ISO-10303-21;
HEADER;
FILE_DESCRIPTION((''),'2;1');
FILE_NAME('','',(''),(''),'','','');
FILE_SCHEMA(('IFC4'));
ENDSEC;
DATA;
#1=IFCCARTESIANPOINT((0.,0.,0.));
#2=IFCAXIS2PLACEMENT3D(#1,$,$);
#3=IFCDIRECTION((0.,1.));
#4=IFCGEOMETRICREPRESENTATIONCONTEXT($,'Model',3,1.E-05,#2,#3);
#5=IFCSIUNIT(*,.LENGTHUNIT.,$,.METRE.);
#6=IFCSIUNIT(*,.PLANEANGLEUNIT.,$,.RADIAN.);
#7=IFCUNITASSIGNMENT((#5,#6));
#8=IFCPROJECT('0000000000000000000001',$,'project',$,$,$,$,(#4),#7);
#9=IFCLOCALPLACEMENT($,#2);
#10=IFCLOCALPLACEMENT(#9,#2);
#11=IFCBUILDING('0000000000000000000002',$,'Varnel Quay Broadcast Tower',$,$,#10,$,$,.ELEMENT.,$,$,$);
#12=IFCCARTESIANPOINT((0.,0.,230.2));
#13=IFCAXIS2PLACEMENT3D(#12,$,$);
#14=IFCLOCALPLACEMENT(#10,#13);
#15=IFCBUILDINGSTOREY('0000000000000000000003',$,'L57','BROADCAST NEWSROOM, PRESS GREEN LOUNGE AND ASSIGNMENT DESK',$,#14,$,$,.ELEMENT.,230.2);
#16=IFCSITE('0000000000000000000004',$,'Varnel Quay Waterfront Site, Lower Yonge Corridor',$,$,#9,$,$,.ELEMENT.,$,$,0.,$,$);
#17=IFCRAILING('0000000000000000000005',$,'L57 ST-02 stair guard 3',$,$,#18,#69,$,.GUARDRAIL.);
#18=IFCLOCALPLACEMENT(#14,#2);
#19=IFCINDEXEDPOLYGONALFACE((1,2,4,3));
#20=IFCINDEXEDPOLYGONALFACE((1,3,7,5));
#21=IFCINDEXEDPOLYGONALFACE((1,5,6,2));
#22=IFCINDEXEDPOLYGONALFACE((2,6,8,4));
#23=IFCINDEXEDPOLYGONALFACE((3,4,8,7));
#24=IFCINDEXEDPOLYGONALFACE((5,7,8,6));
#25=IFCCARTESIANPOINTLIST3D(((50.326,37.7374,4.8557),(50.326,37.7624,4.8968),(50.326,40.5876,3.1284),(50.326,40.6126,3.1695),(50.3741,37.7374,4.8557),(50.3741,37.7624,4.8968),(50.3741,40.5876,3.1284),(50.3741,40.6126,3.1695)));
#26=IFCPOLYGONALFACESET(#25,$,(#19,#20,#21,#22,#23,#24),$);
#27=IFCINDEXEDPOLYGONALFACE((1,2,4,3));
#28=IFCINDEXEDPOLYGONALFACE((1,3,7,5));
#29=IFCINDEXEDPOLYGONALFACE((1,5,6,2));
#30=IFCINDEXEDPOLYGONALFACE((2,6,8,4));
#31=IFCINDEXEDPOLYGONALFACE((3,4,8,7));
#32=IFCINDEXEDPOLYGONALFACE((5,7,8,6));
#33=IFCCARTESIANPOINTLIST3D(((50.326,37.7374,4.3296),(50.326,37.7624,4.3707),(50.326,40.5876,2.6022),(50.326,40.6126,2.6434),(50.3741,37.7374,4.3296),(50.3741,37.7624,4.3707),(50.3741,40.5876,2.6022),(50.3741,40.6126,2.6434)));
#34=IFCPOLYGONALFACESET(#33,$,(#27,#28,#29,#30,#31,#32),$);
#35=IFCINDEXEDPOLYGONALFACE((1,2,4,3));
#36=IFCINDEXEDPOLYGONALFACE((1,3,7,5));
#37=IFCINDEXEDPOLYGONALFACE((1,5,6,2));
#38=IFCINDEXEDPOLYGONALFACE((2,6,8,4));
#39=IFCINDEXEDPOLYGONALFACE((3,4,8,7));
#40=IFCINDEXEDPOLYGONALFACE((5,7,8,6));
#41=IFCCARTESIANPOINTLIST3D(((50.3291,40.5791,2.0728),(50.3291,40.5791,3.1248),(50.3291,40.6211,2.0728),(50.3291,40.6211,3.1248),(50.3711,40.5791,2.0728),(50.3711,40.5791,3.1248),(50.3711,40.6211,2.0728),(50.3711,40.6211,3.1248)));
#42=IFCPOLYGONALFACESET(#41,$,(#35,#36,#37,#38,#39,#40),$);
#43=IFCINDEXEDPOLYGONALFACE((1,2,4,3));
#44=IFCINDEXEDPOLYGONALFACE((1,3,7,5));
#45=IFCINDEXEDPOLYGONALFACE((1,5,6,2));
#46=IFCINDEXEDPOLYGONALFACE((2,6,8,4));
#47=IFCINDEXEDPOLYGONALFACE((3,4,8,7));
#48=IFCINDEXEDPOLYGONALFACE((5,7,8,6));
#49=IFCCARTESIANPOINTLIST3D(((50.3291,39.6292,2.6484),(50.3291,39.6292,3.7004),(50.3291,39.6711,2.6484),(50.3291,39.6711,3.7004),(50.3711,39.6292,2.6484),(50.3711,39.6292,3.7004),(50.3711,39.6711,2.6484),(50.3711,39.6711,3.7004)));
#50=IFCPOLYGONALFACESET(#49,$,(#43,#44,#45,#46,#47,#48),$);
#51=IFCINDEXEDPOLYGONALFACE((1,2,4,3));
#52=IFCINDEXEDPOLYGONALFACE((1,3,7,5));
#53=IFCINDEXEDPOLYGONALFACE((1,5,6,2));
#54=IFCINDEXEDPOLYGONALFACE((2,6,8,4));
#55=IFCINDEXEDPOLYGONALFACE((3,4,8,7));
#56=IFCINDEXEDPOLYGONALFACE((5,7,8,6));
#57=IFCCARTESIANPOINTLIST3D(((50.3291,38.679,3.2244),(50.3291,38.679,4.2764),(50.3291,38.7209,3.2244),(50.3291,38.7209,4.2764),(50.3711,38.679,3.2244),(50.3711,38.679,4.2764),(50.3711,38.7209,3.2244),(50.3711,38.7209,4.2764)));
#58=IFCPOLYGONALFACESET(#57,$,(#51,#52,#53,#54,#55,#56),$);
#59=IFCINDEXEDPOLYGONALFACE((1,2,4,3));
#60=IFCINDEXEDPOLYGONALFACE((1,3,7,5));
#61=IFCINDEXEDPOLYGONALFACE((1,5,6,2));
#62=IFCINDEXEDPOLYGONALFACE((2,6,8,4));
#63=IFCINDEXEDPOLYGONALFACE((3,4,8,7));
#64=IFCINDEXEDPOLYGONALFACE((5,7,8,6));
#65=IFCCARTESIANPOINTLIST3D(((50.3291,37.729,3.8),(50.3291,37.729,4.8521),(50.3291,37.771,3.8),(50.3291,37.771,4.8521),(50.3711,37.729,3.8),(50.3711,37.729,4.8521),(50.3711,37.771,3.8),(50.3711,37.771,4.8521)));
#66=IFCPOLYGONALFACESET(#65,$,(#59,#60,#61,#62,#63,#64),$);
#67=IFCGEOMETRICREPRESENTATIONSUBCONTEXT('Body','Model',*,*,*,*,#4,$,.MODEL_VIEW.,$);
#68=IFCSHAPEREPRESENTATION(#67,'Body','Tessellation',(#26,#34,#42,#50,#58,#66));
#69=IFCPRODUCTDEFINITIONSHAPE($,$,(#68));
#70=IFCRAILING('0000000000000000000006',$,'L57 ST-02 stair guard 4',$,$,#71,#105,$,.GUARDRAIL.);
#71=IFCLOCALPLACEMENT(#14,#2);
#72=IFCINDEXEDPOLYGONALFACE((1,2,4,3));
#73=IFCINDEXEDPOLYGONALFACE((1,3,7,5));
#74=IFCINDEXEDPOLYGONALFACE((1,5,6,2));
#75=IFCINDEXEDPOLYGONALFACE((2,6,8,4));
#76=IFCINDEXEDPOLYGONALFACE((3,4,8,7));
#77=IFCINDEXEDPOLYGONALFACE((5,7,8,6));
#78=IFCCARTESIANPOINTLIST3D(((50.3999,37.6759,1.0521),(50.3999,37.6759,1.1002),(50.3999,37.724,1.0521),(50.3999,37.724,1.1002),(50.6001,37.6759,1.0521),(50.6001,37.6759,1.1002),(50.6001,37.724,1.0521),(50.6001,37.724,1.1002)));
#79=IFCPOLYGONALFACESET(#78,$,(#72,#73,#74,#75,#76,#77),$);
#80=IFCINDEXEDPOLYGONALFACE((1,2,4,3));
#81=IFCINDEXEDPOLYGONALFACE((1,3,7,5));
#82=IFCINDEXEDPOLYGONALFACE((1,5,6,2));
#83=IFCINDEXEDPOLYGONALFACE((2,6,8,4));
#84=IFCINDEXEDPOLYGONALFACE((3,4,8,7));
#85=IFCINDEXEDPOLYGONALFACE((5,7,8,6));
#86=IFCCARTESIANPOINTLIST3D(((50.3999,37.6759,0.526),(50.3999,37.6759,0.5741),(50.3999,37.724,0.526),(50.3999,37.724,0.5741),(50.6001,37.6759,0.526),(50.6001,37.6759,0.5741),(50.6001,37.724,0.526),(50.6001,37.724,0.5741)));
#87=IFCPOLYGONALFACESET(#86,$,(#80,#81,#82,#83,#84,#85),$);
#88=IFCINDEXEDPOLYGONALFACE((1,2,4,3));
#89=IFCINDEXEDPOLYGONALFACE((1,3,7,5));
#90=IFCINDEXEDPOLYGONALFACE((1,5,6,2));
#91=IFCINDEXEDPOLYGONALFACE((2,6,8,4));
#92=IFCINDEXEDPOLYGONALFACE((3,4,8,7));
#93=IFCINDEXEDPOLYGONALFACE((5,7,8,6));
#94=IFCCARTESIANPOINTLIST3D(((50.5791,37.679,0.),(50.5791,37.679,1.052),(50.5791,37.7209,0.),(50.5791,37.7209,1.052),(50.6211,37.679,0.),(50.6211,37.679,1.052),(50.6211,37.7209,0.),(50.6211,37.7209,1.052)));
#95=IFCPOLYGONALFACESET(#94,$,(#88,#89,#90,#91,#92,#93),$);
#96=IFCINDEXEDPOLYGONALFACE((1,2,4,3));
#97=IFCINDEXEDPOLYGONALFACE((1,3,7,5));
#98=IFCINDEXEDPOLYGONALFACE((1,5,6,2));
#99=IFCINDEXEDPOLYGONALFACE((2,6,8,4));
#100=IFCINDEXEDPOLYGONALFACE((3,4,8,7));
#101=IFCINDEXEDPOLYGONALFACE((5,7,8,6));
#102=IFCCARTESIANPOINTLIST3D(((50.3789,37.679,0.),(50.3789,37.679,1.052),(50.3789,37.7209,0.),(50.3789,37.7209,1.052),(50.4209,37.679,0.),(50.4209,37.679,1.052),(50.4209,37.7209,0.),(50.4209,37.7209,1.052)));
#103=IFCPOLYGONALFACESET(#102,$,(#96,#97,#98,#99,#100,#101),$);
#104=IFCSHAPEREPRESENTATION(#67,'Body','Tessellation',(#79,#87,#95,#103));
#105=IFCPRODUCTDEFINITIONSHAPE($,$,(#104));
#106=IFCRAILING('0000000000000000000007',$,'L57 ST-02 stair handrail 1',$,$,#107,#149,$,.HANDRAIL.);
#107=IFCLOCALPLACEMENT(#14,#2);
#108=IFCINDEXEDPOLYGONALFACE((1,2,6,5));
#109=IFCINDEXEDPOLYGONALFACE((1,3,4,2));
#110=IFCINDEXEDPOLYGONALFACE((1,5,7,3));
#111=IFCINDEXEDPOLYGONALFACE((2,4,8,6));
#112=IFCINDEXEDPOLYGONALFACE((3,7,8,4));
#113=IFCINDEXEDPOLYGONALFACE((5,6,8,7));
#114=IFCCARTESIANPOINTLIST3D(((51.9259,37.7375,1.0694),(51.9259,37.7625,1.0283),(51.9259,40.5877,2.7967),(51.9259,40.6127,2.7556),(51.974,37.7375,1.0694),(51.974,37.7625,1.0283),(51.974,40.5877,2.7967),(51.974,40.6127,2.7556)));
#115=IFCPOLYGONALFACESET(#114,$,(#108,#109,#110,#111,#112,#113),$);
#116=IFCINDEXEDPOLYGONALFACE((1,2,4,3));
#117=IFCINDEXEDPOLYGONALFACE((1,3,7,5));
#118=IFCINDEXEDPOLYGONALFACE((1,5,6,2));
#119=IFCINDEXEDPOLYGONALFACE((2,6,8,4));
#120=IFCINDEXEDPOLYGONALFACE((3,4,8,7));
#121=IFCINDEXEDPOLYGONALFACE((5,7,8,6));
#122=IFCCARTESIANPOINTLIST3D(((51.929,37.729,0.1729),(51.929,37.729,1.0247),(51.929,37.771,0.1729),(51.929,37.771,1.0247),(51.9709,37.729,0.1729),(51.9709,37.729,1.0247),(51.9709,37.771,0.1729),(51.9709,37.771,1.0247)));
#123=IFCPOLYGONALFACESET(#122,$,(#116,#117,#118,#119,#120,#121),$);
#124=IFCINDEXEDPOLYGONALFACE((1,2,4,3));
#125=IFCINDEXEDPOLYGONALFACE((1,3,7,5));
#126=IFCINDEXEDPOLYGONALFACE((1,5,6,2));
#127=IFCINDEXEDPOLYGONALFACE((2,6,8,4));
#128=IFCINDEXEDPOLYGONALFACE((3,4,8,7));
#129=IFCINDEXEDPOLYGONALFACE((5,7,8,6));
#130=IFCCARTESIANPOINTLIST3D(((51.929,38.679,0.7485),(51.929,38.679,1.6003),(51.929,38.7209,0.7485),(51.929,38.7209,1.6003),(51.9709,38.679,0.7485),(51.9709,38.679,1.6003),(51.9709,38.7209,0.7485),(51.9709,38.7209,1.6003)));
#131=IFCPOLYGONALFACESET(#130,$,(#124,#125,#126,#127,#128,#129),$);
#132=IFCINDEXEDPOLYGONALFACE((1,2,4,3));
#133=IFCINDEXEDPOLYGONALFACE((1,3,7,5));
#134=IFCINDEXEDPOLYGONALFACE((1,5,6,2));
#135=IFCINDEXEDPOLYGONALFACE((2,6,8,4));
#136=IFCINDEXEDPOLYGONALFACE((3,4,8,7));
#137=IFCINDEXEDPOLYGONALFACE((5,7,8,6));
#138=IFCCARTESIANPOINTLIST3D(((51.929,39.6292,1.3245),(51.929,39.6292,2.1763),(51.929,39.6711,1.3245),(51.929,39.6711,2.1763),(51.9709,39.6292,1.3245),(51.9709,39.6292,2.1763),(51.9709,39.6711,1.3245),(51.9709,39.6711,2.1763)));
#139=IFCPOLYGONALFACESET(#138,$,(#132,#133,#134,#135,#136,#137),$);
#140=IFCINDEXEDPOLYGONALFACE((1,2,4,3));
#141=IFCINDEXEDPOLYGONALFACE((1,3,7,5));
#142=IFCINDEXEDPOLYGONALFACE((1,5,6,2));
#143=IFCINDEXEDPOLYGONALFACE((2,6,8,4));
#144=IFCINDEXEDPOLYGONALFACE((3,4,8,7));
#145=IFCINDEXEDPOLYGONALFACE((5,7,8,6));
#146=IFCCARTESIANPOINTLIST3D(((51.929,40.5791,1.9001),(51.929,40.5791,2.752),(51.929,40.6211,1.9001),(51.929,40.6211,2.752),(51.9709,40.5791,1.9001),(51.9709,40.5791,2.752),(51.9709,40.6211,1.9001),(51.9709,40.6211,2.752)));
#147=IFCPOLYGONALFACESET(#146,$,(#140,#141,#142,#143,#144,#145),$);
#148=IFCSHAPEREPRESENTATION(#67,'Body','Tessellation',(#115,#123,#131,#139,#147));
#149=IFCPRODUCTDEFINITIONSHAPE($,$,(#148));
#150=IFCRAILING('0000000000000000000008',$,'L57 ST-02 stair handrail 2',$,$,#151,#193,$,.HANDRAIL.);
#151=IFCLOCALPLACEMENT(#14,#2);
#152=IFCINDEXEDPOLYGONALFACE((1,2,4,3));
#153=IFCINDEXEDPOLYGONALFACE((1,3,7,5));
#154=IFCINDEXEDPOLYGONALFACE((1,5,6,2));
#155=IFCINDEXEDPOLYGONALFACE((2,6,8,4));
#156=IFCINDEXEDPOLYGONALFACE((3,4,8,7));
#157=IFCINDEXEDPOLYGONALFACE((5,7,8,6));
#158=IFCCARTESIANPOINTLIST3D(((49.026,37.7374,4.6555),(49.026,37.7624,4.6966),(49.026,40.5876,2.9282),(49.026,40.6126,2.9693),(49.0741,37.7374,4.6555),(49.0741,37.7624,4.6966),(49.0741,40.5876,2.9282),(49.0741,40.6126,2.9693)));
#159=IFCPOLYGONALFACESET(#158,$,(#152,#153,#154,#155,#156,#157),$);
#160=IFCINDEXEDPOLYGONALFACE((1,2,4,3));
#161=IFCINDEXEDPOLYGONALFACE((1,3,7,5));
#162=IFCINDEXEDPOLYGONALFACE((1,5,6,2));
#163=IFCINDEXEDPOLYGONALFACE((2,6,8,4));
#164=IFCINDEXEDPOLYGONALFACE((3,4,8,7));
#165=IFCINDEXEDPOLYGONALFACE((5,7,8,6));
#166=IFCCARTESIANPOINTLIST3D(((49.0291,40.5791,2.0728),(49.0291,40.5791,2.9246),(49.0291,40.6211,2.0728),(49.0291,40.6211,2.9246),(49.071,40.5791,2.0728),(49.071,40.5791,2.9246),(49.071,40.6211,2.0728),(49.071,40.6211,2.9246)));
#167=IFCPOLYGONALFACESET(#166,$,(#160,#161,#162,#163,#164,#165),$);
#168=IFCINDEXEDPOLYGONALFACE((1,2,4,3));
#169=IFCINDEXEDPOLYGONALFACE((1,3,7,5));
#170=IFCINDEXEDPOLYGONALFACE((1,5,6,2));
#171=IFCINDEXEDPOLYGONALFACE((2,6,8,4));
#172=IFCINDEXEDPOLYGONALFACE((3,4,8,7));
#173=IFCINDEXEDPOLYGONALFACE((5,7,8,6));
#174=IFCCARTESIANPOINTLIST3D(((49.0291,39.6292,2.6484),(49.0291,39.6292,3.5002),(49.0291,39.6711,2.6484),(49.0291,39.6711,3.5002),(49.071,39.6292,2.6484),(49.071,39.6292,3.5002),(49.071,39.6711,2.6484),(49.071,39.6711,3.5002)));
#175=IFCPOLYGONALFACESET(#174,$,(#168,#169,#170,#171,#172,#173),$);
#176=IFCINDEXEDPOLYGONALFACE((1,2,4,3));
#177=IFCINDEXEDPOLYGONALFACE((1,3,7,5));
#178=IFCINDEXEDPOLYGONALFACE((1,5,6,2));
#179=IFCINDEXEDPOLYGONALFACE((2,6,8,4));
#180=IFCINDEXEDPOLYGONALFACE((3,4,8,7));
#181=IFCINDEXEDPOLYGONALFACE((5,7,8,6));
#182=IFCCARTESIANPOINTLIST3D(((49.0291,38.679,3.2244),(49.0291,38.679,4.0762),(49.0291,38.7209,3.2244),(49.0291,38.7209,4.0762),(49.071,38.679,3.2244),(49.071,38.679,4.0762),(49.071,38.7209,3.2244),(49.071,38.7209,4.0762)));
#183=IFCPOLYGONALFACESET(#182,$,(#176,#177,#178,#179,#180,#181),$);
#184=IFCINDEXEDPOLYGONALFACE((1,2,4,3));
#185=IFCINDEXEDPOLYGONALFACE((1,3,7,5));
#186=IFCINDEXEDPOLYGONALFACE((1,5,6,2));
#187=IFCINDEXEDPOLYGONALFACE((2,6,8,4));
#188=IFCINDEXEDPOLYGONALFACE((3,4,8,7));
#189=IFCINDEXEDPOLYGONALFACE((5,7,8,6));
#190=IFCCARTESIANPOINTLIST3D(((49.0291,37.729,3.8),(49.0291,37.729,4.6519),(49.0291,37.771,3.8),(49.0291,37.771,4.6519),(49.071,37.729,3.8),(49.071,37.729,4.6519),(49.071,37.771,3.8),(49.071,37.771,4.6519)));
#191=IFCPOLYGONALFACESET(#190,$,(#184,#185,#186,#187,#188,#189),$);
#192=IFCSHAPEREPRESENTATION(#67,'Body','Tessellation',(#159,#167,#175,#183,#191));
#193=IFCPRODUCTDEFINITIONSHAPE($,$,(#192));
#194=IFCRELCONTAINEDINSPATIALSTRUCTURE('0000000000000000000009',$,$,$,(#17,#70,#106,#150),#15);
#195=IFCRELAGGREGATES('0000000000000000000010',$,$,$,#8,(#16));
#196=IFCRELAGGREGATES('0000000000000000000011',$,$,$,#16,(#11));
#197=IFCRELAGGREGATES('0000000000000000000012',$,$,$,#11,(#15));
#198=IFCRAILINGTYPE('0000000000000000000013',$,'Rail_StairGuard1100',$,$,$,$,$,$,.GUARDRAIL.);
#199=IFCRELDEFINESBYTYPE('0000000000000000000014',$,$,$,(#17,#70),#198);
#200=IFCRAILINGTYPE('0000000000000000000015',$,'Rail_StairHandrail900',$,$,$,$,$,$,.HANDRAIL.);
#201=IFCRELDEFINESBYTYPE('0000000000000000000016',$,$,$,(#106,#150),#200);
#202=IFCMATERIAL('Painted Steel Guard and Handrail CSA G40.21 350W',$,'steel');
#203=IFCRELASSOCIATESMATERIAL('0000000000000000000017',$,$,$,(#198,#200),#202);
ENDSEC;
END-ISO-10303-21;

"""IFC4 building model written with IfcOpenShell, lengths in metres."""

from ifc_helpers import new_model, si_unit, direction, frame, origin, origin_2d, place, context, subcontext, project, spatial, rectangle, extrude, material, type_object, element, save


model = new_model("IFC4")

# Units and contexts
model_context = context("Model", 3, precision=1e-05, world=origin(), true_north=direction((0.0, 1.0)))
body_context = subcontext(model_context, "Body", "Model", "MODEL_VIEW")
ifc_project = project(units=[si_unit("LENGTHUNIT", "METRE"), si_unit("PLANEANGLEUNIT", "RADIAN")], contexts=[model_context])

# Site, building, storey
site_placement = place(None, origin())
site = spatial("IfcSite", under=ifc_project, at=site_placement, Name="Varnel Quay Waterfront Site, Lower Yonge Corridor", CompositionType="ELEMENT", RefElevation=0.0)
building_placement = place(site_placement, origin())
building = spatial("IfcBuilding", under=site, at=building_placement, Name="Varnel Quay Broadcast Tower", CompositionType="ELEMENT")
storey_placement = place(building_placement, frame((0.0, 0.0, 230.2)))
storey = spatial("IfcBuildingStorey", under=building, at=storey_placement, Name="L57", Description="BROADCAST NEWSROOM, PRESS GREEN LOUNGE AND ASSIGNMENT DESK", CompositionType="ELEMENT", Elevation=230.2)

# Railings
ifc_material_1 = material(Name="Painted Steel Guard and Handrail CSA G40.21 350W", Category="steel")
railing_type_1 = type_object("IfcRailingType", Name="Rail_StairGuard1100", PredefinedType="GUARDRAIL", material=ifc_material_1)
railing_1_placement = place(storey_placement, frame((50.3501, 40.6001, 2.0728)))
element("IfcRailing", 1, at=railing_1_placement, inside=storey, type_object=railing_type_1, Name="L57 ST-02 stair guard 3", PredefinedType="GUARDRAIL", context=body_context, shape_type="SweptSolid", body=[
    extrude(rectangle(XDim=0.0481, YDim=0.0481, at=origin_2d()), frame((0.0, 0.0, 1.0762), z_axis=(0.0, -0.855203, 0.518294), x_axis=(1.0, 0.0, 0.0)), (0.0, 0.0, 1.0), 3.3328),
    extrude(rectangle(XDim=0.0481, YDim=0.0481, at=origin_2d()), frame((0.0, 0.0, 0.55), z_axis=(0.0, -0.855203, 0.518294), x_axis=(1.0, 0.0, 0.0)), (0.0, 0.0, 1.0), 3.3328),
    extrude(rectangle(XDim=0.042, YDim=0.042, at=origin_2d()), origin(), (0.0, 0.0, 1.0), 1.052),
    extrude(rectangle(XDim=0.042, YDim=0.042, at=origin_2d()), frame((0.0, -0.95, 0.5757)), (0.0, 0.0, 1.0), 1.052),
    extrude(rectangle(XDim=0.042, YDim=0.042, at=origin_2d()), frame((0.0, -1.9001, 1.1516)), (0.0, 0.0, 1.0), 1.052),
    extrude(rectangle(XDim=0.042, YDim=0.042, at=origin_2d()), frame((0.0, -2.8501, 1.7273)), (0.0, 0.0, 1.0), 1.052),
])
railing_2_placement = place(storey_placement, frame((50.6001, 37.7, 0.0)))
element("IfcRailing", 2, at=railing_2_placement, inside=storey, type_object=railing_type_1, Name="L57 ST-02 stair guard 4", PredefinedType="GUARDRAIL", context=body_context, shape_type="SweptSolid", body=[
    extrude(rectangle(XDim=0.0481, YDim=0.0481, at=origin_2d()), frame((0.0, 0.0, 1.0762), z_axis=(-1.0, 0.0, 0.0), x_axis=(0.0, -1.0, 0.0)), (0.0, 0.0, 1.0), 0.2002),
    extrude(rectangle(XDim=0.0481, YDim=0.0481, at=origin_2d()), frame((0.0, 0.0, 0.55), z_axis=(-1.0, 0.0, 0.0), x_axis=(0.0, -1.0, 0.0)), (0.0, 0.0, 1.0), 0.2002),
    extrude(rectangle(XDim=0.042, YDim=0.042, at=origin_2d()), origin(), (0.0, 0.0, 1.0), 1.052),
    extrude(rectangle(XDim=0.042, YDim=0.042, at=origin_2d()), frame((-0.2002, 0.0, 0.0)), (0.0, 0.0, 1.0), 1.052),
])
railing_type_2 = type_object("IfcRailingType", Name="Rail_StairHandrail900", PredefinedType="HANDRAIL", material=ifc_material_1)
railing_3_placement = place(storey_placement, frame((51.95, 37.75, 0.1729)))
element("IfcRailing", 3, at=railing_3_placement, inside=storey, type_object=railing_type_2, Name="L57 ST-02 stair handrail 1", PredefinedType="HANDRAIL", context=body_context, shape_type="SweptSolid", body=[
    extrude(rectangle(XDim=0.0481, YDim=0.0481, at=origin_2d()), frame((0.0, 0.0, 0.876), z_axis=(0.0, 0.855203, 0.518294), x_axis=(-1.0, 0.0, 0.0)), (0.0, 0.0, 1.0), 3.3328),
    extrude(rectangle(XDim=0.042, YDim=0.042, at=origin_2d()), origin(), (0.0, 0.0, 1.0), 0.8518),
    extrude(rectangle(XDim=0.042, YDim=0.042, at=origin_2d()), frame((0.0, 0.95, 0.5757)), (0.0, 0.0, 1.0), 0.8518),
    extrude(rectangle(XDim=0.042, YDim=0.042, at=origin_2d()), frame((0.0, 1.9001, 1.1516)), (0.0, 0.0, 1.0), 0.8518),
    extrude(rectangle(XDim=0.042, YDim=0.042, at=origin_2d()), frame((0.0, 2.8501, 1.7273)), (0.0, 0.0, 1.0), 0.8518),
])
railing_4_placement = place(storey_placement, frame((49.05, 40.6001, 2.0728)))
element("IfcRailing", 4, at=railing_4_placement, inside=storey, type_object=railing_type_2, Name="L57 ST-02 stair handrail 2", PredefinedType="HANDRAIL", context=body_context, shape_type="SweptSolid", body=[
    extrude(rectangle(XDim=0.0481, YDim=0.0481, at=origin_2d()), frame((0.0, 0.0, 0.876), z_axis=(0.0, -0.855203, 0.518294), x_axis=(1.0, 0.0, 0.0)), (0.0, 0.0, 1.0), 3.3328),
    extrude(rectangle(XDim=0.042, YDim=0.042, at=origin_2d()), origin(), (0.0, 0.0, 1.0), 0.8518),
    extrude(rectangle(XDim=0.042, YDim=0.042, at=origin_2d()), frame((0.0, -0.95, 0.5757)), (0.0, 0.0, 1.0), 0.8518),
    extrude(rectangle(XDim=0.042, YDim=0.042, at=origin_2d()), frame((0.0, -1.9001, 1.1516)), (0.0, 0.0, 1.0), 0.8518),
    extrude(rectangle(XDim=0.042, YDim=0.042, at=origin_2d()), frame((0.0, -2.8501, 1.7273)), (0.0, 0.0, 1.0), 0.8518),
])

save(model, "model.ifc")
